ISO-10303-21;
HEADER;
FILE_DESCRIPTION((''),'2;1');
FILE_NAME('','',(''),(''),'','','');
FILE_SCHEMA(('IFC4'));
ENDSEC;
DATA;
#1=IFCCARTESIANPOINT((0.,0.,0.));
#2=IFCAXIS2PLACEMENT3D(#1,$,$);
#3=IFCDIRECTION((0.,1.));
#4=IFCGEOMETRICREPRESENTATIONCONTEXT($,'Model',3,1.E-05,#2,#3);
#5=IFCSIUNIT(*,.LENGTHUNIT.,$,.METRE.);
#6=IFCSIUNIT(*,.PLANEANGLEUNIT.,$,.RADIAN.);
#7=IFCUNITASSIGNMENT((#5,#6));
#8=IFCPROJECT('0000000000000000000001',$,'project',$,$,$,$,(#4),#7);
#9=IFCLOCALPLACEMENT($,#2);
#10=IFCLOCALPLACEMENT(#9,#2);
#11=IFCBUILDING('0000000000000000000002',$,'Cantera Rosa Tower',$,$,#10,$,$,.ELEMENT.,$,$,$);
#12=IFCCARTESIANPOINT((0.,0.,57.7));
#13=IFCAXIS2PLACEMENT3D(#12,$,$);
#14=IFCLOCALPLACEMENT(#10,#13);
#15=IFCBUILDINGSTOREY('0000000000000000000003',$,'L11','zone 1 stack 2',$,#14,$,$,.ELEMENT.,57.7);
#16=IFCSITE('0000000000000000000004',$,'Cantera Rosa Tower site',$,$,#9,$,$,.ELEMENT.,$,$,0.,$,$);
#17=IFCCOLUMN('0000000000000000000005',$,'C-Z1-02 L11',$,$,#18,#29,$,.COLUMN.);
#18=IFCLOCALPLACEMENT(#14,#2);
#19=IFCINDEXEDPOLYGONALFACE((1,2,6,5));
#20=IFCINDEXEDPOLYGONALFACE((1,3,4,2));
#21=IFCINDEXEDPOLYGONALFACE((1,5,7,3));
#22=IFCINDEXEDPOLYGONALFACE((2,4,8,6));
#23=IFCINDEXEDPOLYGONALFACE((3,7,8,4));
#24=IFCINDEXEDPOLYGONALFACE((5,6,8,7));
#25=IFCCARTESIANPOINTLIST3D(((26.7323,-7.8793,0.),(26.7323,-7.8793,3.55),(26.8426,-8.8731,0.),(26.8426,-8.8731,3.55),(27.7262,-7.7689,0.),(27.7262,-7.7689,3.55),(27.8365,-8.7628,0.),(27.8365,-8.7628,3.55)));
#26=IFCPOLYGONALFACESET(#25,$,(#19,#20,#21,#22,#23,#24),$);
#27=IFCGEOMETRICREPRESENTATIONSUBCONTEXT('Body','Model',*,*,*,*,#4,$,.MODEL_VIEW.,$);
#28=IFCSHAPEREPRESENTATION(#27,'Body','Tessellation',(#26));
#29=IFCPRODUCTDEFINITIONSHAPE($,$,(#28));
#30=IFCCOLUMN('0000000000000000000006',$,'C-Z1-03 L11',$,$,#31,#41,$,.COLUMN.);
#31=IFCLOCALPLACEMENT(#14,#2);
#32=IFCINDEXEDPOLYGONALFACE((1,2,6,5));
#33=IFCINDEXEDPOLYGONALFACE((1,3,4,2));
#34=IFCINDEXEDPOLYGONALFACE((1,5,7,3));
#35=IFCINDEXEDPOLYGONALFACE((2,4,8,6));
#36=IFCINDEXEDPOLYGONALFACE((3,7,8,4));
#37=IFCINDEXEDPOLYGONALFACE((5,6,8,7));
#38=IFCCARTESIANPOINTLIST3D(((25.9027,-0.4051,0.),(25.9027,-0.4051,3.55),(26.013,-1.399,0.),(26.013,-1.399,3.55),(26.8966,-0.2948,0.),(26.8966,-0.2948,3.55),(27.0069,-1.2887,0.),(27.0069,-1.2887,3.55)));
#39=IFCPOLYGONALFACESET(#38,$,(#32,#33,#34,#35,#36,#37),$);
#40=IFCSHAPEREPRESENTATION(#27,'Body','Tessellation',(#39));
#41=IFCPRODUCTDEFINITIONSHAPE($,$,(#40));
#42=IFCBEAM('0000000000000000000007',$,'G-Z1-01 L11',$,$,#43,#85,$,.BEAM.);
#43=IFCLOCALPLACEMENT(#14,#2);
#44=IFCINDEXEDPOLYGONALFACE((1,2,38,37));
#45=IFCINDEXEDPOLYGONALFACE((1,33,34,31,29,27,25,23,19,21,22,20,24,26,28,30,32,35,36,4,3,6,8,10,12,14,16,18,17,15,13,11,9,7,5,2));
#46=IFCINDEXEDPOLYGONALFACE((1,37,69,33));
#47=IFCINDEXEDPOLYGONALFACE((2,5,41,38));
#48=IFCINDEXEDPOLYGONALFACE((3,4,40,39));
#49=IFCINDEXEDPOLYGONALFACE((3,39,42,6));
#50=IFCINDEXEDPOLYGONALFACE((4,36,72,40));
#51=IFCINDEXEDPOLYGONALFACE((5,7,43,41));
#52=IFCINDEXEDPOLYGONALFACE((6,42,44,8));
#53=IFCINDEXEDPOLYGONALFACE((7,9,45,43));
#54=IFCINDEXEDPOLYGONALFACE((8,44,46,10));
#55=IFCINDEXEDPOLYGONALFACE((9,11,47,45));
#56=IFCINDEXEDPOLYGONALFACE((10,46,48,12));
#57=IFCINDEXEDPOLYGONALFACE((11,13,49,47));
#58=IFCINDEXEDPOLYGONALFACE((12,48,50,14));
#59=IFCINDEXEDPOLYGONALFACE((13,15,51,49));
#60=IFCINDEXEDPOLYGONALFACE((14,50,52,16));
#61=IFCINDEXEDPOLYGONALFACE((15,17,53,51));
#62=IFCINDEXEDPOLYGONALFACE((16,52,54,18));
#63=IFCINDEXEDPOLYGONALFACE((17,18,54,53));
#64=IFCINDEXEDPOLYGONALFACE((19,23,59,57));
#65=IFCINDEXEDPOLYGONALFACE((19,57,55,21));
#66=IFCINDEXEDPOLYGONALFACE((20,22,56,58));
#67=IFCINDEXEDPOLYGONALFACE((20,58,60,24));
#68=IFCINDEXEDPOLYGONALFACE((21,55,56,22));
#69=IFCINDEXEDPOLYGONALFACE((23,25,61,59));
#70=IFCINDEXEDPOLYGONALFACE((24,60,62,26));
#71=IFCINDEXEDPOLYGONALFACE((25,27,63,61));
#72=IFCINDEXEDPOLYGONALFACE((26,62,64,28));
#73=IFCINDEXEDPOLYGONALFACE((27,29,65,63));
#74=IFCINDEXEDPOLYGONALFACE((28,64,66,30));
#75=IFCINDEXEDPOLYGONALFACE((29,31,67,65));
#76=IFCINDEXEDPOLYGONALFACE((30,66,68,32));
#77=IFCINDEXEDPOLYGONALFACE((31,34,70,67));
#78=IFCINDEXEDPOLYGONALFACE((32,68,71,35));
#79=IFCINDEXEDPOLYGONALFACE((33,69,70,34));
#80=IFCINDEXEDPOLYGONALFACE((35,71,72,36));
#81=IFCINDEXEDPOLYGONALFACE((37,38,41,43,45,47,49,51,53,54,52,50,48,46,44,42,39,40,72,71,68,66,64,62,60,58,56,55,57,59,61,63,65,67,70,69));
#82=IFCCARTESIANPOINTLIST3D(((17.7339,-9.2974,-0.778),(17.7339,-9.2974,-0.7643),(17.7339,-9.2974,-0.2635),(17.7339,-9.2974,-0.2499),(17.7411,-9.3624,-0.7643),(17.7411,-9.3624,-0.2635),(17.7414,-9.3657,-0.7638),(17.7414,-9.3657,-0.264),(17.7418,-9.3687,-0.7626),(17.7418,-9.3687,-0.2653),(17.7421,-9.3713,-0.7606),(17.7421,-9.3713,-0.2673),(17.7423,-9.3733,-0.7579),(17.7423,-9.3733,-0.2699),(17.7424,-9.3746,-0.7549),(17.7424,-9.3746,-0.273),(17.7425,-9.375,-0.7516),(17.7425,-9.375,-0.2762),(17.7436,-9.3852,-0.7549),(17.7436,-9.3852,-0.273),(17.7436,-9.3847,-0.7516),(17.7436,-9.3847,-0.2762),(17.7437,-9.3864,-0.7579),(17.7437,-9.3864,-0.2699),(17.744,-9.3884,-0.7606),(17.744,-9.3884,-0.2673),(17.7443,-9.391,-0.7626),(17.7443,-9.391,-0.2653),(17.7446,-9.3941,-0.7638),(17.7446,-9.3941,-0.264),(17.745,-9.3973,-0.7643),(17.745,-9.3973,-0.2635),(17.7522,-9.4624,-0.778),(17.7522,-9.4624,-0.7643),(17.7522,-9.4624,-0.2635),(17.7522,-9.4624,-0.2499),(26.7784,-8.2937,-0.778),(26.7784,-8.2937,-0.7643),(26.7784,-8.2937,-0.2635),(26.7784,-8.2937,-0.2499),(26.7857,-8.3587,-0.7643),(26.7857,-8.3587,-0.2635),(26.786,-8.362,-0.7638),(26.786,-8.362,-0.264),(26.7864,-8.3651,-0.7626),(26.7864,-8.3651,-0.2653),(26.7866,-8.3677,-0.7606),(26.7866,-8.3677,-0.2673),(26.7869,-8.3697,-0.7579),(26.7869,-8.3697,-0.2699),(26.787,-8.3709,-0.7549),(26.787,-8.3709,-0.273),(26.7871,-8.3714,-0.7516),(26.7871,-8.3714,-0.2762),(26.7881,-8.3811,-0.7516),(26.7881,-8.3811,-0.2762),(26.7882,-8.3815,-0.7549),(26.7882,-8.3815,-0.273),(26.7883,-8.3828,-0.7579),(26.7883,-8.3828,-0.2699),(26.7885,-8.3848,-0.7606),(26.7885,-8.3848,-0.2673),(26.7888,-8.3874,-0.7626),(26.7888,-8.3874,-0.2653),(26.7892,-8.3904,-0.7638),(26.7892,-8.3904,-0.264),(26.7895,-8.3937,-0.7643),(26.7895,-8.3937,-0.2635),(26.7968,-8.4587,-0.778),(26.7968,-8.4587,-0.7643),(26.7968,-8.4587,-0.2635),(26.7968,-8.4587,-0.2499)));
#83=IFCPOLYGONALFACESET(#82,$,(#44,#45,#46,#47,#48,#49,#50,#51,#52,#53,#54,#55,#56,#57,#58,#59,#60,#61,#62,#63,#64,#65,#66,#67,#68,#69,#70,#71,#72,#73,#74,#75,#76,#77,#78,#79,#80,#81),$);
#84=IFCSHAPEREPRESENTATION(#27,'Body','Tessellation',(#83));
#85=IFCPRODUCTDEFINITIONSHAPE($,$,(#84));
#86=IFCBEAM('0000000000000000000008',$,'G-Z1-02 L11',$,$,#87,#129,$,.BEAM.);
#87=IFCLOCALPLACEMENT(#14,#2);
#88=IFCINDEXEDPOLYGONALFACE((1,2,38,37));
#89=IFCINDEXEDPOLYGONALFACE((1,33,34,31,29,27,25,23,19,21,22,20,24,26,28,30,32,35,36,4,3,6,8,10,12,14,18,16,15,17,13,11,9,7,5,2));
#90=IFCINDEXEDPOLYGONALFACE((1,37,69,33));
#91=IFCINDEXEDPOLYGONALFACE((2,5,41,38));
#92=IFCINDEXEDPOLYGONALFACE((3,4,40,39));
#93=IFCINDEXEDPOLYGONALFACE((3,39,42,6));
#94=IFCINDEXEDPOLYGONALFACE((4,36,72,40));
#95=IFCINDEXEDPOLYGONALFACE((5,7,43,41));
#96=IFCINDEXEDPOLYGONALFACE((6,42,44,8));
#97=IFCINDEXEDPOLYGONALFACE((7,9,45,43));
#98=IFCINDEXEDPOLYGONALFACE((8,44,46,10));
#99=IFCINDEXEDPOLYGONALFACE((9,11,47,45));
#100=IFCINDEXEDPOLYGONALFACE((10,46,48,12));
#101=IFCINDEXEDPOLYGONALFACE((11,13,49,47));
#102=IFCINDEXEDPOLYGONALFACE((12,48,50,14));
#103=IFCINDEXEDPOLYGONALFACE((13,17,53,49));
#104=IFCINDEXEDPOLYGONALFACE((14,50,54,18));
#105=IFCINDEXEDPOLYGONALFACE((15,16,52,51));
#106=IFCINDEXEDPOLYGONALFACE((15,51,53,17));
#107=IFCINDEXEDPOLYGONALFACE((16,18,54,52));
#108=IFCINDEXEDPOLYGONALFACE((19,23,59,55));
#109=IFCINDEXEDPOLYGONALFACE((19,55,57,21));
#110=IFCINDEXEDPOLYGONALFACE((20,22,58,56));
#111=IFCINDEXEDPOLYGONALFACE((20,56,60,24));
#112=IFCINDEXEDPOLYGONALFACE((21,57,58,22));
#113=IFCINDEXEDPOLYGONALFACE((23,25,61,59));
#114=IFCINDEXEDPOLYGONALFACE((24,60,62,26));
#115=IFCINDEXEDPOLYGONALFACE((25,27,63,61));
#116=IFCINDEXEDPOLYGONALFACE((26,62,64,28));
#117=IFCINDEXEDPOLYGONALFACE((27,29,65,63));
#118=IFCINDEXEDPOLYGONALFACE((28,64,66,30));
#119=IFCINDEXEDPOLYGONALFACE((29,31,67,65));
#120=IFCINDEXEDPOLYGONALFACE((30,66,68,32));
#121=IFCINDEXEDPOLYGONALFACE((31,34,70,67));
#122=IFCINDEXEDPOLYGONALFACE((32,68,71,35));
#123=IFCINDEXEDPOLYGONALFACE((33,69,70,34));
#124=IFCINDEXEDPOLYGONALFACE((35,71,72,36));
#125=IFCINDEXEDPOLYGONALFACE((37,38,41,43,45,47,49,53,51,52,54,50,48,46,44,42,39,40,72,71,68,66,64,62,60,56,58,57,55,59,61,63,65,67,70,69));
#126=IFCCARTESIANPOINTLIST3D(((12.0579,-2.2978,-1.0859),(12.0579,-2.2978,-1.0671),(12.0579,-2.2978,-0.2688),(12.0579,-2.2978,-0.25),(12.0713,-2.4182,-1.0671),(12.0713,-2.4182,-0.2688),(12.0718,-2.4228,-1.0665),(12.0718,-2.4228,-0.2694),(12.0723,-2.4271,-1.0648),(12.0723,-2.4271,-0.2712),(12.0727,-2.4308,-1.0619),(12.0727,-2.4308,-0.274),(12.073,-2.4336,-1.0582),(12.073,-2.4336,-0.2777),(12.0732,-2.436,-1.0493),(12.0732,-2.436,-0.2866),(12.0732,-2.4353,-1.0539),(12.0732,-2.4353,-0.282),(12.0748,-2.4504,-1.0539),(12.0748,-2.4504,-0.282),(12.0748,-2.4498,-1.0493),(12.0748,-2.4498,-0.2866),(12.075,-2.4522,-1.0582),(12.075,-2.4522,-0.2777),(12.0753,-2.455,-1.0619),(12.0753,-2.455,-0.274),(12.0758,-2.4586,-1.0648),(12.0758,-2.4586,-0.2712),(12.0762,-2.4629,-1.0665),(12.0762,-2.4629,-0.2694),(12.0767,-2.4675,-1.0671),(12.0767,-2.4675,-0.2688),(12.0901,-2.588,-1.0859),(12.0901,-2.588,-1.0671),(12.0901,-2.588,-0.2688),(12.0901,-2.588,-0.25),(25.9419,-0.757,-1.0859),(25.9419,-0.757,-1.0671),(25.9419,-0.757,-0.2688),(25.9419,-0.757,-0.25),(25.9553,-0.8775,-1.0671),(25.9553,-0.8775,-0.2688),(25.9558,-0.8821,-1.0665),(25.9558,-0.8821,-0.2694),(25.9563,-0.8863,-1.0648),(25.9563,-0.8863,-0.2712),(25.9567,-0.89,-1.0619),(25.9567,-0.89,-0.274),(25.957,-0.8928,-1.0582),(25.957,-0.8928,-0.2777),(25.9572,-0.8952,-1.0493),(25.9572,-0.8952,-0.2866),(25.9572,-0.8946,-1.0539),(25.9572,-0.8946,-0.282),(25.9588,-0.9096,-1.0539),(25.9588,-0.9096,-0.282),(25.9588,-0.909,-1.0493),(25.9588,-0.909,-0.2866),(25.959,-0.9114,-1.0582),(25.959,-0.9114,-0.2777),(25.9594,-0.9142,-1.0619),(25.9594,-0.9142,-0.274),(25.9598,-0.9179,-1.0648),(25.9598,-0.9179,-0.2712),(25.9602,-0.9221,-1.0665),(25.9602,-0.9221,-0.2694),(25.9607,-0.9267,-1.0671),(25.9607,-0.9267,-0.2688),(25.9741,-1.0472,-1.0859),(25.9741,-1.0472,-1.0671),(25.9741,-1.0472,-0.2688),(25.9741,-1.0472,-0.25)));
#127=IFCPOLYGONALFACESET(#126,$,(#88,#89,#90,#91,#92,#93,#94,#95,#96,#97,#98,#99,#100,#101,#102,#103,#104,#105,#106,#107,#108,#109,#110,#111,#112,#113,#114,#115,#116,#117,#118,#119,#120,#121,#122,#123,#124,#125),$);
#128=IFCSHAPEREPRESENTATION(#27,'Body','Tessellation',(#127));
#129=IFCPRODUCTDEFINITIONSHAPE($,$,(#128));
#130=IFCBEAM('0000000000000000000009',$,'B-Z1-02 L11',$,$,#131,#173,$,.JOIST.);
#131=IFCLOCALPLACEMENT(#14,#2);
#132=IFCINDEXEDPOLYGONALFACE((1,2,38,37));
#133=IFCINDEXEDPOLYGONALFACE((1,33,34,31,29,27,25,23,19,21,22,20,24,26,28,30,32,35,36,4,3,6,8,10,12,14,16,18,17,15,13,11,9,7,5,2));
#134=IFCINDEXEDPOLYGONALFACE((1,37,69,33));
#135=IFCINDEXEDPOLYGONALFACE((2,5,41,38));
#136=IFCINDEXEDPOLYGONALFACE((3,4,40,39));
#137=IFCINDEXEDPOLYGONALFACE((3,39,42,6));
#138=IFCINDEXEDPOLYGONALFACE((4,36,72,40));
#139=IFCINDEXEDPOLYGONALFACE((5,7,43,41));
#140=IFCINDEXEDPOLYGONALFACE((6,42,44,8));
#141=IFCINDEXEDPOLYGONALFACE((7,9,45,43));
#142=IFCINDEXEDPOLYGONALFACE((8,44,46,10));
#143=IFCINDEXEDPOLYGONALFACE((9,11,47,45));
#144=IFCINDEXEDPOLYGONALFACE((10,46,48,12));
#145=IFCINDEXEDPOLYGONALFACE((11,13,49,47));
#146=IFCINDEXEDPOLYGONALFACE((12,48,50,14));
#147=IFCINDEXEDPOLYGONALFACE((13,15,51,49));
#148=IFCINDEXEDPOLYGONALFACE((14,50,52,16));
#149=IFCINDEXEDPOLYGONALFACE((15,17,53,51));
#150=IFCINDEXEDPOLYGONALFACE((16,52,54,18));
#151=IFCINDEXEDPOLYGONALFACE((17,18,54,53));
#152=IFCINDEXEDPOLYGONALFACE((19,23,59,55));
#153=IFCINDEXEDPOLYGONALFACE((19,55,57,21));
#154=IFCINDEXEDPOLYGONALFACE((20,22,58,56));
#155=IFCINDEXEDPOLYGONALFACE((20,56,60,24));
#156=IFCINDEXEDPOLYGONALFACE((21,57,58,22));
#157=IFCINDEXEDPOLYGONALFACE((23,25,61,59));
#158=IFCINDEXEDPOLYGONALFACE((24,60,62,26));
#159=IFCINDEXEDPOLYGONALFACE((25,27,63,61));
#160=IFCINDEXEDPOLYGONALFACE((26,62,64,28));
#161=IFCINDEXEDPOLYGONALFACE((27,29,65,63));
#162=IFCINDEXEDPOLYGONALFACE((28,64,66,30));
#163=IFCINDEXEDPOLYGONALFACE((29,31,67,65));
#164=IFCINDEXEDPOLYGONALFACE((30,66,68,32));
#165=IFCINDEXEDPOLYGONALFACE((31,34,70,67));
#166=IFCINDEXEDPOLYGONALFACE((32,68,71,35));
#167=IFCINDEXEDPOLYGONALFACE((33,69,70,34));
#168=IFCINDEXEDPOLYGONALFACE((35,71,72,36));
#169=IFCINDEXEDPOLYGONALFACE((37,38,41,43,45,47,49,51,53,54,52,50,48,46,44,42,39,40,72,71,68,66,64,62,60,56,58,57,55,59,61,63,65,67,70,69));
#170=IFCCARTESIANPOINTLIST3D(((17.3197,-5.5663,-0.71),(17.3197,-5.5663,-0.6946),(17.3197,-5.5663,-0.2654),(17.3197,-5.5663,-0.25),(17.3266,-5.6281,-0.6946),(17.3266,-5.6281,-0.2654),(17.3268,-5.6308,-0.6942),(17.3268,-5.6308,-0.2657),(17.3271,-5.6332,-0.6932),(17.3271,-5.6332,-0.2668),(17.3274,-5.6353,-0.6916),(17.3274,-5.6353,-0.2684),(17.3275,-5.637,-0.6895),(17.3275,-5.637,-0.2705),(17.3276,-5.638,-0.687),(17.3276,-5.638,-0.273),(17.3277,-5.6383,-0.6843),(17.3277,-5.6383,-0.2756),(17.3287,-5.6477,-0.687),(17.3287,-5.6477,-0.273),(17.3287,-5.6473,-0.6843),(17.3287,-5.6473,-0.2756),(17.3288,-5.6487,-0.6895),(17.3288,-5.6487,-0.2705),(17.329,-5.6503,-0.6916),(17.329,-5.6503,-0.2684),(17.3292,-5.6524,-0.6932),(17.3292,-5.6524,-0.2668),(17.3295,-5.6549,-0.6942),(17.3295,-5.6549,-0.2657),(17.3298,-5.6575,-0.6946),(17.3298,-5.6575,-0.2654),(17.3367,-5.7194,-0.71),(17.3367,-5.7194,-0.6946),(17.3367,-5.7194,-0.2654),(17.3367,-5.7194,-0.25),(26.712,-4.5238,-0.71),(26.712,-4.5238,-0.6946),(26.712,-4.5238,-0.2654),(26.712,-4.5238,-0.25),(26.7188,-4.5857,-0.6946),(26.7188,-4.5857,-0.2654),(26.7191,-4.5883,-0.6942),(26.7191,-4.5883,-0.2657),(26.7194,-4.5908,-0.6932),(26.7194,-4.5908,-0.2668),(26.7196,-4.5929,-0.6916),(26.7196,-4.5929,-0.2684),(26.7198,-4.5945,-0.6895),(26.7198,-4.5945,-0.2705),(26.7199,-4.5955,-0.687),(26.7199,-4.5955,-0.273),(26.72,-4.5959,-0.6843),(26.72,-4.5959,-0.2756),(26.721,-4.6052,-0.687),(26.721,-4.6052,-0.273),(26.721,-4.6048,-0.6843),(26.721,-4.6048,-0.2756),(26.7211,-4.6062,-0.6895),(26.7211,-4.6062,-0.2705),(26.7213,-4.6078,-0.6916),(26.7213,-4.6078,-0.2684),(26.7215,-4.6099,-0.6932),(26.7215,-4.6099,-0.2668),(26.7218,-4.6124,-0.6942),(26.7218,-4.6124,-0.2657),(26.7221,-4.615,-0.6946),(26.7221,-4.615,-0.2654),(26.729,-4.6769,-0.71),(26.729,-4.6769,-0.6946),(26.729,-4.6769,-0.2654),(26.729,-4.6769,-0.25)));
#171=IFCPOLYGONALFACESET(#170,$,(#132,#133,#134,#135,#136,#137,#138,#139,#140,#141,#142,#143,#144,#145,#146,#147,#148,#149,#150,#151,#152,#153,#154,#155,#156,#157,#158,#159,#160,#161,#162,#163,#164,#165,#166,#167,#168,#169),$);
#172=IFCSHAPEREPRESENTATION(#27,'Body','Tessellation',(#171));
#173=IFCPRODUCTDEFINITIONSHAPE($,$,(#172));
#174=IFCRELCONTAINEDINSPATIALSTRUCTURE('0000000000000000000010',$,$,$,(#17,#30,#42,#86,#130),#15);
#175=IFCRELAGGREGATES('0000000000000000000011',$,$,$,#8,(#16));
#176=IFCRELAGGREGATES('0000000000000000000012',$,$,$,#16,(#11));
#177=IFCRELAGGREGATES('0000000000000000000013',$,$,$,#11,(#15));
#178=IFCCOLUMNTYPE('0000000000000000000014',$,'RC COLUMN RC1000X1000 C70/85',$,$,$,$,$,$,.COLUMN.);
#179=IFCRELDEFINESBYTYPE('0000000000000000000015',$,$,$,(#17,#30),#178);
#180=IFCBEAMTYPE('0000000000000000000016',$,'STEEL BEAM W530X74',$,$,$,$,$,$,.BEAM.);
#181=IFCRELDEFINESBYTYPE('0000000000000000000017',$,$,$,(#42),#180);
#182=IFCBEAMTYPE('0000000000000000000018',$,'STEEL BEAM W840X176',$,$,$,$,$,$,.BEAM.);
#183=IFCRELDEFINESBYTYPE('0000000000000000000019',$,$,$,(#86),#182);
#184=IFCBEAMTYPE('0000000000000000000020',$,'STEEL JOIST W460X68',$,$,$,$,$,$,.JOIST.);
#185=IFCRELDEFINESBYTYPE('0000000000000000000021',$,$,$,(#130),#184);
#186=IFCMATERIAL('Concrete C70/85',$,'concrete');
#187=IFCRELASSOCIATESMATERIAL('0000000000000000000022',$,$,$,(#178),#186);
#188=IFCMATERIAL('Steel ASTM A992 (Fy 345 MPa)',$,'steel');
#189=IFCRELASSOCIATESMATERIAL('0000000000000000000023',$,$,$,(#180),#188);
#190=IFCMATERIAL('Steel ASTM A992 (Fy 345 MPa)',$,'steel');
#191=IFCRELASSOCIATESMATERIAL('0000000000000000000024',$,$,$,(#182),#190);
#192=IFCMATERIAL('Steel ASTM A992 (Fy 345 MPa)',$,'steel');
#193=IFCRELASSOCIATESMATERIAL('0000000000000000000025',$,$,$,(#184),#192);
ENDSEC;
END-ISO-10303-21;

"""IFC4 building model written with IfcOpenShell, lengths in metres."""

from ifc_helpers import new_model, si_unit, direction, frame, origin, origin_2d, place, context, subcontext, project, spatial, rectangle, i_section, extrude, material, material_profile, profile_set, type_object, element, save


model = new_model("IFC4")

# Units and contexts
model_context = context("Model", 3, precision=1e-05, world=origin(), true_north=direction((0.0, 1.0)))
body_context = subcontext(model_context, "Body", "Model", "MODEL_VIEW")
ifc_project = project(units=[si_unit("LENGTHUNIT", "METRE"), si_unit("PLANEANGLEUNIT", "RADIAN")], contexts=[model_context])

# Site, building, storey
site_placement = place(None, origin())
site = spatial("IfcSite", under=ifc_project, at=site_placement, Name="Cantera Rosa Tower site", CompositionType="ELEMENT", RefElevation=0.0)
building_placement = place(site_placement, origin())
building = spatial("IfcBuilding", under=site, at=building_placement, Name="Cantera Rosa Tower", CompositionType="ELEMENT")
storey_placement = place(building_placement, frame((0.0, 0.0, 57.7)))
storey = spatial("IfcBuildingStorey", under=building, at=storey_placement, Name="L11", Description="zone 1 stack 2", CompositionType="ELEMENT", Elevation=57.7)

# Columns
ifc_material_1 = material(Name="Concrete C70/85", Category="concrete")
ifc_material_profile_1 = material_profile(ifc_material_1, rectangle(XDim=1.0, YDim=1.0, at=origin_2d()), Name="RC COLUMN RC1000X1000 C70/85")
ifc_profile_set_1 = profile_set([ifc_material_profile_1], Name="Concrete C70/85")
column_type = type_object("IfcColumnType", Name="RC COLUMN RC1000X1000 C70/85", PredefinedType="COLUMN", material=ifc_profile_set_1)
for number, where, z_axis, x_axis, name in (
    (1, (27.2844, -8.321, 0.0), (0.0, 0.0, 1.0), (0.993897, 0.110313, 0.0), "C-Z1-02 L11"),
    (2, (26.4548, -0.8469, 0.0), (0.0, 0.0, 1.0), (0.993897, 0.110313, 0.0), "C-Z1-03 L11"),
):
    element("IfcColumn", number, at=place(storey_placement, frame(where, z_axis=z_axis, x_axis=x_axis)), inside=storey, type_object=column_type, Name=name, PredefinedType="COLUMN", context=body_context, shape_type="SweptSolid", body=[
        extrude(rectangle(XDim=1.0, YDim=1.0, at=origin_2d()), origin(), (0.0, 0.0, 1.0), 3.55),
    ])

# Beams
ifc_material_2 = material(Name="Steel ASTM A992 (Fy 345 MPa)", Category="steel")
ifc_material_profile_2 = material_profile(ifc_material_2, i_section(OverallWidth=0.166, OverallDepth=0.5281, WebThickness=0.0098, FlangeThickness=0.0137, FilletRadius=0.0127, at=origin_2d()), Name="W530X74")
ifc_profile_set_2 = profile_set([ifc_material_profile_2], Name="Steel ASTM A992 (Fy 345 MPa)")
beam_type_1 = type_object("IfcBeamType", Name="STEEL BEAM W530X74", PredefinedType="BEAM", material=ifc_profile_set_2)
beam_1_placement = place(storey_placement, frame((26.7876, -8.3762, -0.5139), z_axis=(-0.993899, -0.11029, 0.0), x_axis=(0.11029, -0.993899, 0.0)))
element("IfcBeam", 3, at=beam_1_placement, inside=storey, type_object=beam_type_1, Name="G-Z1-01 L11", PredefinedType="BEAM", context=body_context, shape_type="SweptSolid", body=[
    extrude(i_section(OverallWidth=0.166, OverallDepth=0.5281, WebThickness=0.0098, FlangeThickness=0.0137, FilletRadius=0.0127, at=origin_2d()), origin(), (0.0, 0.0, 1.0), 9.1001),
])
ifc_material_3 = material(Name="Steel ASTM A992 (Fy 345 MPa)", Category="steel")
ifc_material_profile_3 = material_profile(ifc_material_3, i_section(OverallWidth=0.292, OverallDepth=0.8359, WebThickness=0.0139, FlangeThickness=0.0188, FilletRadius=0.0178, at=origin_2d()), Name="W840X176")
ifc_profile_set_3 = profile_set([ifc_material_profile_3], Name="Steel ASTM A992 (Fy 345 MPa)")
beam_type_2 = type_object("IfcBeamType", Name="STEEL BEAM W840X176", PredefinedType="BEAM", material=ifc_profile_set_3)
beam_2_placement = place(storey_placement, frame((25.958, -0.9021, -0.668), z_axis=(-0.993899, -0.110297, 0.0), x_axis=(0.110297, -0.993899, 0.0)))
element("IfcBeam", 4, at=beam_2_placement, inside=storey, type_object=beam_type_2, Name="G-Z1-02 L11", PredefinedType="BEAM", context=body_context, shape_type="SweptSolid", body=[
    extrude(i_section(OverallWidth=0.292, OverallDepth=0.8359, WebThickness=0.0139, FlangeThickness=0.0188, FilletRadius=0.0178, at=origin_2d()), origin(), (0.0, 0.0, 1.0), 13.9692),
])
ifc_material_4 = material(Name="Steel ASTM A992 (Fy 345 MPa)", Category="steel")
ifc_material_profile_4 = material_profile(ifc_material_4, i_section(OverallWidth=0.1541, OverallDepth=0.46, WebThickness=0.009, FlangeThickness=0.0154, FilletRadius=0.0103, at=origin_2d()), Name="W460X68")
ifc_profile_set_4 = profile_set([ifc_material_profile_4], Name="Steel ASTM A992 (Fy 345 MPa)")
beam_type_3 = type_object("IfcBeamType", Name="STEEL JOIST W460X68", PredefinedType="JOIST", material=ifc_profile_set_4)
beam_3_placement = place(storey_placement, frame((26.7205, -4.6003, -0.48), z_axis=(-0.993897, -0.110315, 0.0), x_axis=(0.110315, -0.993897, 0.0)))
element("IfcBeam", 5, at=beam_3_placement, inside=storey, type_object=beam_type_3, Name="B-Z1-02 L11", PredefinedType="JOIST", context=body_context, shape_type="SweptSolid", body=[
    extrude(i_section(OverallWidth=0.1541, OverallDepth=0.46, WebThickness=0.009, FlangeThickness=0.0154, FilletRadius=0.0103, at=origin_2d()), origin(), (0.0, 0.0, 1.0), 9.45),
])

save(model, "model.ifc")
